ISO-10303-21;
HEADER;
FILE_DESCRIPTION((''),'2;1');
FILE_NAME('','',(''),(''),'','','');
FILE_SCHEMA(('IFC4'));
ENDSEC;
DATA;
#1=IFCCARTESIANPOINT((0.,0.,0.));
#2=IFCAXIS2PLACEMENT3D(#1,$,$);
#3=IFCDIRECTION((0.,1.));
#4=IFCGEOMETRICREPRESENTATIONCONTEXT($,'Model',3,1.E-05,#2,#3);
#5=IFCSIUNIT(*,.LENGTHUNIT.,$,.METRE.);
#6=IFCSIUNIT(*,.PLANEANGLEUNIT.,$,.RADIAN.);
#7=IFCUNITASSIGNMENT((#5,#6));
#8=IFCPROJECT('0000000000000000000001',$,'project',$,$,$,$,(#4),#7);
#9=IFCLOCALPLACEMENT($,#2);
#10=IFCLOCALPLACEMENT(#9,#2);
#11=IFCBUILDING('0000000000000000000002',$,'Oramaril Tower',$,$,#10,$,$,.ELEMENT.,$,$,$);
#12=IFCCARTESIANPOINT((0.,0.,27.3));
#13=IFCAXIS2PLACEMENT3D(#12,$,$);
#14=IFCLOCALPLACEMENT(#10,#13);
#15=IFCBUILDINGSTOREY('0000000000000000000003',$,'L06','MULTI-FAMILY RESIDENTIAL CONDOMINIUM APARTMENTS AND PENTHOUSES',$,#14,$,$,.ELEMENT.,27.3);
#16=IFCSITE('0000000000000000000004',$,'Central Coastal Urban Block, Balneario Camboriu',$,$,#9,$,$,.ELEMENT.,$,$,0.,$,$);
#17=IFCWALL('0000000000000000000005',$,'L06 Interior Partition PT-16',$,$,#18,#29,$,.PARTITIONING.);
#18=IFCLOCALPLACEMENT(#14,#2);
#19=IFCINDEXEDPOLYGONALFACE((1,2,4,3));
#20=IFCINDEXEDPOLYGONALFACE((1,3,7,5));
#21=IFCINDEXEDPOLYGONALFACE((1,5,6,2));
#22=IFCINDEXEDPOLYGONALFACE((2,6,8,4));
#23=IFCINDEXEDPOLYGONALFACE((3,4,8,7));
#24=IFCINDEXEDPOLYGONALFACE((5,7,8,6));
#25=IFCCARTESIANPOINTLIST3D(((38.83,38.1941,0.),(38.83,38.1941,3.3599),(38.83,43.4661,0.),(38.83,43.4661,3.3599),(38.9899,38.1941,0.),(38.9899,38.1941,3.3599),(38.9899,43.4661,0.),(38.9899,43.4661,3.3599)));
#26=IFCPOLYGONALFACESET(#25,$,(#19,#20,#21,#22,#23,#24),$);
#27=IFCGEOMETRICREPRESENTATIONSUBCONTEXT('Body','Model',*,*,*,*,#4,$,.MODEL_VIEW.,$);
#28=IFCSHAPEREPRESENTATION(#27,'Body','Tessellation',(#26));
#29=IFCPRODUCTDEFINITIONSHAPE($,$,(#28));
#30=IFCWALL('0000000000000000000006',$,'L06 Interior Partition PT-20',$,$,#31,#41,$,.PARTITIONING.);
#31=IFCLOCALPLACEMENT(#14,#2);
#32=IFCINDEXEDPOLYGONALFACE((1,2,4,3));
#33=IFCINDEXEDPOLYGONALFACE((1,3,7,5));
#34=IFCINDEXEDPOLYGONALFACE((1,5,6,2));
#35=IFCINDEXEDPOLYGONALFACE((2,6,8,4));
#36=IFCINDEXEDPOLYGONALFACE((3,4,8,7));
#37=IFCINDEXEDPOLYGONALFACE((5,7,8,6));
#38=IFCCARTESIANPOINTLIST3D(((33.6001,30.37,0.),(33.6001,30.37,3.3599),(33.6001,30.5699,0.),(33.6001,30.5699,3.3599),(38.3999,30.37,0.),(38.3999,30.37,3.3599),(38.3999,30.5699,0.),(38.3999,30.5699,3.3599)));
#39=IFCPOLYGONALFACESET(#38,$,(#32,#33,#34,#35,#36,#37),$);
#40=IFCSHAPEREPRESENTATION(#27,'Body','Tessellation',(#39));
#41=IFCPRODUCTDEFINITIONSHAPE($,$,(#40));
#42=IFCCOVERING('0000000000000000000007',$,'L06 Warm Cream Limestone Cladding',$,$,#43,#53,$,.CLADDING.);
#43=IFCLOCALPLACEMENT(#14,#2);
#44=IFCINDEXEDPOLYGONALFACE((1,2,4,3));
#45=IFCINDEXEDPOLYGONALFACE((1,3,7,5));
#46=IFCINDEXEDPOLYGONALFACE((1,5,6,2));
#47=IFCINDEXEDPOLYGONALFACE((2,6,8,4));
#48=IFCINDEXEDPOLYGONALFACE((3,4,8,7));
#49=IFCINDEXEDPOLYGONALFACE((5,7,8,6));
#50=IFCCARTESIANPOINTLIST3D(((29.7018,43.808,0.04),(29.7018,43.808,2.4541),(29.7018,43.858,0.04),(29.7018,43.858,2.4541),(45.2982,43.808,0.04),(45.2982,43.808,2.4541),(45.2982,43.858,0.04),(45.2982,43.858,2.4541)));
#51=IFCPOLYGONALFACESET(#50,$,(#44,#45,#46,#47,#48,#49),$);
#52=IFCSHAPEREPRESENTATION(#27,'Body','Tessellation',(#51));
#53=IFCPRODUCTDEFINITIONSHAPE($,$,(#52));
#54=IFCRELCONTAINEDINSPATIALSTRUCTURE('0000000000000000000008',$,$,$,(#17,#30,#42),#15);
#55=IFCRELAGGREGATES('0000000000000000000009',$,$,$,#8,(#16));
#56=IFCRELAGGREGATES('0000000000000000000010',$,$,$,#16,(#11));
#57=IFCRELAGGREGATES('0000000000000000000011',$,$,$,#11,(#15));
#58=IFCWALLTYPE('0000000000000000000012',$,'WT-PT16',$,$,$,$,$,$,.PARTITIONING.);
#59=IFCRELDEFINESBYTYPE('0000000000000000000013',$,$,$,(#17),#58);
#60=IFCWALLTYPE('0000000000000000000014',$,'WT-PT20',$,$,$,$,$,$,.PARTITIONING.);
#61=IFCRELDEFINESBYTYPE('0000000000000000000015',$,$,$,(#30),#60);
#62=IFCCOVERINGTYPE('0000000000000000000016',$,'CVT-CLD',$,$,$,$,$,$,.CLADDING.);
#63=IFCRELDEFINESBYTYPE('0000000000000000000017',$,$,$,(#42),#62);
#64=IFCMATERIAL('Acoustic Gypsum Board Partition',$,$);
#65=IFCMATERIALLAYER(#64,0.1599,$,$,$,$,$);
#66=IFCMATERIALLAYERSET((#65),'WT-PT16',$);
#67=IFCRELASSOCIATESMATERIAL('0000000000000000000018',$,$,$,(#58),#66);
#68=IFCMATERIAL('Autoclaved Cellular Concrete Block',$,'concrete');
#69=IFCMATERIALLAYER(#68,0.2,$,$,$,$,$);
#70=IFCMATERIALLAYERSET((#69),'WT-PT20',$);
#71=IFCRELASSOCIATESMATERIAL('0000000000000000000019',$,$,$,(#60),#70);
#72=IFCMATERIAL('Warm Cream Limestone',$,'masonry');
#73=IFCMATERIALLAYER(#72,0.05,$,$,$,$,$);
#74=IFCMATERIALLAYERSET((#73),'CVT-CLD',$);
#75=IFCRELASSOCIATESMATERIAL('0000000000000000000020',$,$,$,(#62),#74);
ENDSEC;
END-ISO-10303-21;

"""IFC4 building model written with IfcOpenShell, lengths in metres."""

from ifc_helpers import new_model, si_unit, direction, frame, frame_2d, origin, origin_2d, place, context, subcontext, project, spatial, rectangle, extrude, material, layer, layer_set, type_object, element, save


model = new_model("IFC4")

# Units and contexts
model_context = context("Model", 3, precision=1e-05, world=origin(), true_north=direction((0.0, 1.0)))
body_context = subcontext(model_context, "Body", "Model", "MODEL_VIEW")
ifc_project = project(units=[si_unit("LENGTHUNIT", "METRE"), si_unit("PLANEANGLEUNIT", "RADIAN")], contexts=[model_context])

# Site, building, storey
site_placement = place(None, origin())
site = spatial("IfcSite", under=ifc_project, at=site_placement, Name="Central Coastal Urban Block, Balneario Camboriu", CompositionType="ELEMENT", RefElevation=0.0)
building_placement = place(site_placement, origin())
building = spatial("IfcBuilding", under=site, at=building_placement, Name="Oramaril Tower", CompositionType="ELEMENT")
storey_placement = place(building_placement, frame((0.0, 0.0, 27.3)))
storey = spatial("IfcBuildingStorey", under=building, at=storey_placement, Name="L06", Description="MULTI-FAMILY RESIDENTIAL CONDOMINIUM APARTMENTS AND PENTHOUSES", CompositionType="ELEMENT", Elevation=27.3)

# Walls
ifc_material_1 = material(Name="Acoustic Gypsum Board Partition")
ifc_layer_1 = layer(ifc_material_1, 0.1599)
ifc_layer_set_1 = layer_set([ifc_layer_1], Name="WT-PT16")
wall_type_1 = type_object("IfcWallType", Name="WT-PT16", PredefinedType="PARTITIONING", material=ifc_layer_set_1)
wall_1_placement = place(storey_placement, frame((38.9099, 38.1941, 0.0), z_axis=(0.0, 0.0, 1.0), x_axis=(0.0, 1.0, 0.0)))
element("IfcWall", 1, at=wall_1_placement, inside=storey, type_object=wall_type_1, Name="L06 Interior Partition PT-16", PredefinedType="PARTITIONING", context=body_context, shape_type="SweptSolid", body=[
    extrude(rectangle(XDim=5.272, YDim=0.1599, at=frame_2d((2.636, 0.0))), origin(), (0.0, 0.0, 1.0), 3.3599),
])
ifc_material_2 = material(Name="Autoclaved Cellular Concrete Block", Category="concrete")
ifc_layer_2 = layer(ifc_material_2, 0.2)
ifc_layer_set_2 = layer_set([ifc_layer_2], Name="WT-PT20")
wall_type_2 = type_object("IfcWallType", Name="WT-PT20", PredefinedType="PARTITIONING", material=ifc_layer_set_2)
wall_2_placement = place(storey_placement, frame((33.6001, 30.47, 0.0), z_axis=(0.0, 0.0, 1.0), x_axis=(1.0, 0.0, 0.0)))
element("IfcWall", 2, at=wall_2_placement, inside=storey, type_object=wall_type_2, Name="L06 Interior Partition PT-20", PredefinedType="PARTITIONING", context=body_context, shape_type="SweptSolid", body=[
    extrude(rectangle(XDim=4.7998, YDim=0.2, at=frame_2d((2.3999, 0.0))), origin(), (0.0, 0.0, 1.0), 3.3599),
])

# Covering
ifc_material_3 = material(Name="Warm Cream Limestone", Category="masonry")
ifc_layer_3 = layer(ifc_material_3, 0.05)
ifc_layer_set_3 = layer_set([ifc_layer_3], Name="CVT-CLD")
covering_type = type_object("IfcCoveringType", Name="CVT-CLD", PredefinedType="CLADDING", material=ifc_layer_set_3)
covering_placement = place(storey_placement, frame((37.5, 43.833, 0.04), z_axis=(0.0, 0.0, 1.0), x_axis=(-1.0, 0.0, 0.0)))
element("IfcCovering", 3, at=covering_placement, inside=storey, type_object=covering_type, Name="L06 Warm Cream Limestone Cladding", PredefinedType="CLADDING", context=body_context, shape_type="SweptSolid", body=[
    extrude(rectangle(XDim=15.5964, YDim=0.05, at=origin_2d()), origin(), (0.0, 0.0, 1.0), 2.4141),
])

save(model, "model.ifc")
